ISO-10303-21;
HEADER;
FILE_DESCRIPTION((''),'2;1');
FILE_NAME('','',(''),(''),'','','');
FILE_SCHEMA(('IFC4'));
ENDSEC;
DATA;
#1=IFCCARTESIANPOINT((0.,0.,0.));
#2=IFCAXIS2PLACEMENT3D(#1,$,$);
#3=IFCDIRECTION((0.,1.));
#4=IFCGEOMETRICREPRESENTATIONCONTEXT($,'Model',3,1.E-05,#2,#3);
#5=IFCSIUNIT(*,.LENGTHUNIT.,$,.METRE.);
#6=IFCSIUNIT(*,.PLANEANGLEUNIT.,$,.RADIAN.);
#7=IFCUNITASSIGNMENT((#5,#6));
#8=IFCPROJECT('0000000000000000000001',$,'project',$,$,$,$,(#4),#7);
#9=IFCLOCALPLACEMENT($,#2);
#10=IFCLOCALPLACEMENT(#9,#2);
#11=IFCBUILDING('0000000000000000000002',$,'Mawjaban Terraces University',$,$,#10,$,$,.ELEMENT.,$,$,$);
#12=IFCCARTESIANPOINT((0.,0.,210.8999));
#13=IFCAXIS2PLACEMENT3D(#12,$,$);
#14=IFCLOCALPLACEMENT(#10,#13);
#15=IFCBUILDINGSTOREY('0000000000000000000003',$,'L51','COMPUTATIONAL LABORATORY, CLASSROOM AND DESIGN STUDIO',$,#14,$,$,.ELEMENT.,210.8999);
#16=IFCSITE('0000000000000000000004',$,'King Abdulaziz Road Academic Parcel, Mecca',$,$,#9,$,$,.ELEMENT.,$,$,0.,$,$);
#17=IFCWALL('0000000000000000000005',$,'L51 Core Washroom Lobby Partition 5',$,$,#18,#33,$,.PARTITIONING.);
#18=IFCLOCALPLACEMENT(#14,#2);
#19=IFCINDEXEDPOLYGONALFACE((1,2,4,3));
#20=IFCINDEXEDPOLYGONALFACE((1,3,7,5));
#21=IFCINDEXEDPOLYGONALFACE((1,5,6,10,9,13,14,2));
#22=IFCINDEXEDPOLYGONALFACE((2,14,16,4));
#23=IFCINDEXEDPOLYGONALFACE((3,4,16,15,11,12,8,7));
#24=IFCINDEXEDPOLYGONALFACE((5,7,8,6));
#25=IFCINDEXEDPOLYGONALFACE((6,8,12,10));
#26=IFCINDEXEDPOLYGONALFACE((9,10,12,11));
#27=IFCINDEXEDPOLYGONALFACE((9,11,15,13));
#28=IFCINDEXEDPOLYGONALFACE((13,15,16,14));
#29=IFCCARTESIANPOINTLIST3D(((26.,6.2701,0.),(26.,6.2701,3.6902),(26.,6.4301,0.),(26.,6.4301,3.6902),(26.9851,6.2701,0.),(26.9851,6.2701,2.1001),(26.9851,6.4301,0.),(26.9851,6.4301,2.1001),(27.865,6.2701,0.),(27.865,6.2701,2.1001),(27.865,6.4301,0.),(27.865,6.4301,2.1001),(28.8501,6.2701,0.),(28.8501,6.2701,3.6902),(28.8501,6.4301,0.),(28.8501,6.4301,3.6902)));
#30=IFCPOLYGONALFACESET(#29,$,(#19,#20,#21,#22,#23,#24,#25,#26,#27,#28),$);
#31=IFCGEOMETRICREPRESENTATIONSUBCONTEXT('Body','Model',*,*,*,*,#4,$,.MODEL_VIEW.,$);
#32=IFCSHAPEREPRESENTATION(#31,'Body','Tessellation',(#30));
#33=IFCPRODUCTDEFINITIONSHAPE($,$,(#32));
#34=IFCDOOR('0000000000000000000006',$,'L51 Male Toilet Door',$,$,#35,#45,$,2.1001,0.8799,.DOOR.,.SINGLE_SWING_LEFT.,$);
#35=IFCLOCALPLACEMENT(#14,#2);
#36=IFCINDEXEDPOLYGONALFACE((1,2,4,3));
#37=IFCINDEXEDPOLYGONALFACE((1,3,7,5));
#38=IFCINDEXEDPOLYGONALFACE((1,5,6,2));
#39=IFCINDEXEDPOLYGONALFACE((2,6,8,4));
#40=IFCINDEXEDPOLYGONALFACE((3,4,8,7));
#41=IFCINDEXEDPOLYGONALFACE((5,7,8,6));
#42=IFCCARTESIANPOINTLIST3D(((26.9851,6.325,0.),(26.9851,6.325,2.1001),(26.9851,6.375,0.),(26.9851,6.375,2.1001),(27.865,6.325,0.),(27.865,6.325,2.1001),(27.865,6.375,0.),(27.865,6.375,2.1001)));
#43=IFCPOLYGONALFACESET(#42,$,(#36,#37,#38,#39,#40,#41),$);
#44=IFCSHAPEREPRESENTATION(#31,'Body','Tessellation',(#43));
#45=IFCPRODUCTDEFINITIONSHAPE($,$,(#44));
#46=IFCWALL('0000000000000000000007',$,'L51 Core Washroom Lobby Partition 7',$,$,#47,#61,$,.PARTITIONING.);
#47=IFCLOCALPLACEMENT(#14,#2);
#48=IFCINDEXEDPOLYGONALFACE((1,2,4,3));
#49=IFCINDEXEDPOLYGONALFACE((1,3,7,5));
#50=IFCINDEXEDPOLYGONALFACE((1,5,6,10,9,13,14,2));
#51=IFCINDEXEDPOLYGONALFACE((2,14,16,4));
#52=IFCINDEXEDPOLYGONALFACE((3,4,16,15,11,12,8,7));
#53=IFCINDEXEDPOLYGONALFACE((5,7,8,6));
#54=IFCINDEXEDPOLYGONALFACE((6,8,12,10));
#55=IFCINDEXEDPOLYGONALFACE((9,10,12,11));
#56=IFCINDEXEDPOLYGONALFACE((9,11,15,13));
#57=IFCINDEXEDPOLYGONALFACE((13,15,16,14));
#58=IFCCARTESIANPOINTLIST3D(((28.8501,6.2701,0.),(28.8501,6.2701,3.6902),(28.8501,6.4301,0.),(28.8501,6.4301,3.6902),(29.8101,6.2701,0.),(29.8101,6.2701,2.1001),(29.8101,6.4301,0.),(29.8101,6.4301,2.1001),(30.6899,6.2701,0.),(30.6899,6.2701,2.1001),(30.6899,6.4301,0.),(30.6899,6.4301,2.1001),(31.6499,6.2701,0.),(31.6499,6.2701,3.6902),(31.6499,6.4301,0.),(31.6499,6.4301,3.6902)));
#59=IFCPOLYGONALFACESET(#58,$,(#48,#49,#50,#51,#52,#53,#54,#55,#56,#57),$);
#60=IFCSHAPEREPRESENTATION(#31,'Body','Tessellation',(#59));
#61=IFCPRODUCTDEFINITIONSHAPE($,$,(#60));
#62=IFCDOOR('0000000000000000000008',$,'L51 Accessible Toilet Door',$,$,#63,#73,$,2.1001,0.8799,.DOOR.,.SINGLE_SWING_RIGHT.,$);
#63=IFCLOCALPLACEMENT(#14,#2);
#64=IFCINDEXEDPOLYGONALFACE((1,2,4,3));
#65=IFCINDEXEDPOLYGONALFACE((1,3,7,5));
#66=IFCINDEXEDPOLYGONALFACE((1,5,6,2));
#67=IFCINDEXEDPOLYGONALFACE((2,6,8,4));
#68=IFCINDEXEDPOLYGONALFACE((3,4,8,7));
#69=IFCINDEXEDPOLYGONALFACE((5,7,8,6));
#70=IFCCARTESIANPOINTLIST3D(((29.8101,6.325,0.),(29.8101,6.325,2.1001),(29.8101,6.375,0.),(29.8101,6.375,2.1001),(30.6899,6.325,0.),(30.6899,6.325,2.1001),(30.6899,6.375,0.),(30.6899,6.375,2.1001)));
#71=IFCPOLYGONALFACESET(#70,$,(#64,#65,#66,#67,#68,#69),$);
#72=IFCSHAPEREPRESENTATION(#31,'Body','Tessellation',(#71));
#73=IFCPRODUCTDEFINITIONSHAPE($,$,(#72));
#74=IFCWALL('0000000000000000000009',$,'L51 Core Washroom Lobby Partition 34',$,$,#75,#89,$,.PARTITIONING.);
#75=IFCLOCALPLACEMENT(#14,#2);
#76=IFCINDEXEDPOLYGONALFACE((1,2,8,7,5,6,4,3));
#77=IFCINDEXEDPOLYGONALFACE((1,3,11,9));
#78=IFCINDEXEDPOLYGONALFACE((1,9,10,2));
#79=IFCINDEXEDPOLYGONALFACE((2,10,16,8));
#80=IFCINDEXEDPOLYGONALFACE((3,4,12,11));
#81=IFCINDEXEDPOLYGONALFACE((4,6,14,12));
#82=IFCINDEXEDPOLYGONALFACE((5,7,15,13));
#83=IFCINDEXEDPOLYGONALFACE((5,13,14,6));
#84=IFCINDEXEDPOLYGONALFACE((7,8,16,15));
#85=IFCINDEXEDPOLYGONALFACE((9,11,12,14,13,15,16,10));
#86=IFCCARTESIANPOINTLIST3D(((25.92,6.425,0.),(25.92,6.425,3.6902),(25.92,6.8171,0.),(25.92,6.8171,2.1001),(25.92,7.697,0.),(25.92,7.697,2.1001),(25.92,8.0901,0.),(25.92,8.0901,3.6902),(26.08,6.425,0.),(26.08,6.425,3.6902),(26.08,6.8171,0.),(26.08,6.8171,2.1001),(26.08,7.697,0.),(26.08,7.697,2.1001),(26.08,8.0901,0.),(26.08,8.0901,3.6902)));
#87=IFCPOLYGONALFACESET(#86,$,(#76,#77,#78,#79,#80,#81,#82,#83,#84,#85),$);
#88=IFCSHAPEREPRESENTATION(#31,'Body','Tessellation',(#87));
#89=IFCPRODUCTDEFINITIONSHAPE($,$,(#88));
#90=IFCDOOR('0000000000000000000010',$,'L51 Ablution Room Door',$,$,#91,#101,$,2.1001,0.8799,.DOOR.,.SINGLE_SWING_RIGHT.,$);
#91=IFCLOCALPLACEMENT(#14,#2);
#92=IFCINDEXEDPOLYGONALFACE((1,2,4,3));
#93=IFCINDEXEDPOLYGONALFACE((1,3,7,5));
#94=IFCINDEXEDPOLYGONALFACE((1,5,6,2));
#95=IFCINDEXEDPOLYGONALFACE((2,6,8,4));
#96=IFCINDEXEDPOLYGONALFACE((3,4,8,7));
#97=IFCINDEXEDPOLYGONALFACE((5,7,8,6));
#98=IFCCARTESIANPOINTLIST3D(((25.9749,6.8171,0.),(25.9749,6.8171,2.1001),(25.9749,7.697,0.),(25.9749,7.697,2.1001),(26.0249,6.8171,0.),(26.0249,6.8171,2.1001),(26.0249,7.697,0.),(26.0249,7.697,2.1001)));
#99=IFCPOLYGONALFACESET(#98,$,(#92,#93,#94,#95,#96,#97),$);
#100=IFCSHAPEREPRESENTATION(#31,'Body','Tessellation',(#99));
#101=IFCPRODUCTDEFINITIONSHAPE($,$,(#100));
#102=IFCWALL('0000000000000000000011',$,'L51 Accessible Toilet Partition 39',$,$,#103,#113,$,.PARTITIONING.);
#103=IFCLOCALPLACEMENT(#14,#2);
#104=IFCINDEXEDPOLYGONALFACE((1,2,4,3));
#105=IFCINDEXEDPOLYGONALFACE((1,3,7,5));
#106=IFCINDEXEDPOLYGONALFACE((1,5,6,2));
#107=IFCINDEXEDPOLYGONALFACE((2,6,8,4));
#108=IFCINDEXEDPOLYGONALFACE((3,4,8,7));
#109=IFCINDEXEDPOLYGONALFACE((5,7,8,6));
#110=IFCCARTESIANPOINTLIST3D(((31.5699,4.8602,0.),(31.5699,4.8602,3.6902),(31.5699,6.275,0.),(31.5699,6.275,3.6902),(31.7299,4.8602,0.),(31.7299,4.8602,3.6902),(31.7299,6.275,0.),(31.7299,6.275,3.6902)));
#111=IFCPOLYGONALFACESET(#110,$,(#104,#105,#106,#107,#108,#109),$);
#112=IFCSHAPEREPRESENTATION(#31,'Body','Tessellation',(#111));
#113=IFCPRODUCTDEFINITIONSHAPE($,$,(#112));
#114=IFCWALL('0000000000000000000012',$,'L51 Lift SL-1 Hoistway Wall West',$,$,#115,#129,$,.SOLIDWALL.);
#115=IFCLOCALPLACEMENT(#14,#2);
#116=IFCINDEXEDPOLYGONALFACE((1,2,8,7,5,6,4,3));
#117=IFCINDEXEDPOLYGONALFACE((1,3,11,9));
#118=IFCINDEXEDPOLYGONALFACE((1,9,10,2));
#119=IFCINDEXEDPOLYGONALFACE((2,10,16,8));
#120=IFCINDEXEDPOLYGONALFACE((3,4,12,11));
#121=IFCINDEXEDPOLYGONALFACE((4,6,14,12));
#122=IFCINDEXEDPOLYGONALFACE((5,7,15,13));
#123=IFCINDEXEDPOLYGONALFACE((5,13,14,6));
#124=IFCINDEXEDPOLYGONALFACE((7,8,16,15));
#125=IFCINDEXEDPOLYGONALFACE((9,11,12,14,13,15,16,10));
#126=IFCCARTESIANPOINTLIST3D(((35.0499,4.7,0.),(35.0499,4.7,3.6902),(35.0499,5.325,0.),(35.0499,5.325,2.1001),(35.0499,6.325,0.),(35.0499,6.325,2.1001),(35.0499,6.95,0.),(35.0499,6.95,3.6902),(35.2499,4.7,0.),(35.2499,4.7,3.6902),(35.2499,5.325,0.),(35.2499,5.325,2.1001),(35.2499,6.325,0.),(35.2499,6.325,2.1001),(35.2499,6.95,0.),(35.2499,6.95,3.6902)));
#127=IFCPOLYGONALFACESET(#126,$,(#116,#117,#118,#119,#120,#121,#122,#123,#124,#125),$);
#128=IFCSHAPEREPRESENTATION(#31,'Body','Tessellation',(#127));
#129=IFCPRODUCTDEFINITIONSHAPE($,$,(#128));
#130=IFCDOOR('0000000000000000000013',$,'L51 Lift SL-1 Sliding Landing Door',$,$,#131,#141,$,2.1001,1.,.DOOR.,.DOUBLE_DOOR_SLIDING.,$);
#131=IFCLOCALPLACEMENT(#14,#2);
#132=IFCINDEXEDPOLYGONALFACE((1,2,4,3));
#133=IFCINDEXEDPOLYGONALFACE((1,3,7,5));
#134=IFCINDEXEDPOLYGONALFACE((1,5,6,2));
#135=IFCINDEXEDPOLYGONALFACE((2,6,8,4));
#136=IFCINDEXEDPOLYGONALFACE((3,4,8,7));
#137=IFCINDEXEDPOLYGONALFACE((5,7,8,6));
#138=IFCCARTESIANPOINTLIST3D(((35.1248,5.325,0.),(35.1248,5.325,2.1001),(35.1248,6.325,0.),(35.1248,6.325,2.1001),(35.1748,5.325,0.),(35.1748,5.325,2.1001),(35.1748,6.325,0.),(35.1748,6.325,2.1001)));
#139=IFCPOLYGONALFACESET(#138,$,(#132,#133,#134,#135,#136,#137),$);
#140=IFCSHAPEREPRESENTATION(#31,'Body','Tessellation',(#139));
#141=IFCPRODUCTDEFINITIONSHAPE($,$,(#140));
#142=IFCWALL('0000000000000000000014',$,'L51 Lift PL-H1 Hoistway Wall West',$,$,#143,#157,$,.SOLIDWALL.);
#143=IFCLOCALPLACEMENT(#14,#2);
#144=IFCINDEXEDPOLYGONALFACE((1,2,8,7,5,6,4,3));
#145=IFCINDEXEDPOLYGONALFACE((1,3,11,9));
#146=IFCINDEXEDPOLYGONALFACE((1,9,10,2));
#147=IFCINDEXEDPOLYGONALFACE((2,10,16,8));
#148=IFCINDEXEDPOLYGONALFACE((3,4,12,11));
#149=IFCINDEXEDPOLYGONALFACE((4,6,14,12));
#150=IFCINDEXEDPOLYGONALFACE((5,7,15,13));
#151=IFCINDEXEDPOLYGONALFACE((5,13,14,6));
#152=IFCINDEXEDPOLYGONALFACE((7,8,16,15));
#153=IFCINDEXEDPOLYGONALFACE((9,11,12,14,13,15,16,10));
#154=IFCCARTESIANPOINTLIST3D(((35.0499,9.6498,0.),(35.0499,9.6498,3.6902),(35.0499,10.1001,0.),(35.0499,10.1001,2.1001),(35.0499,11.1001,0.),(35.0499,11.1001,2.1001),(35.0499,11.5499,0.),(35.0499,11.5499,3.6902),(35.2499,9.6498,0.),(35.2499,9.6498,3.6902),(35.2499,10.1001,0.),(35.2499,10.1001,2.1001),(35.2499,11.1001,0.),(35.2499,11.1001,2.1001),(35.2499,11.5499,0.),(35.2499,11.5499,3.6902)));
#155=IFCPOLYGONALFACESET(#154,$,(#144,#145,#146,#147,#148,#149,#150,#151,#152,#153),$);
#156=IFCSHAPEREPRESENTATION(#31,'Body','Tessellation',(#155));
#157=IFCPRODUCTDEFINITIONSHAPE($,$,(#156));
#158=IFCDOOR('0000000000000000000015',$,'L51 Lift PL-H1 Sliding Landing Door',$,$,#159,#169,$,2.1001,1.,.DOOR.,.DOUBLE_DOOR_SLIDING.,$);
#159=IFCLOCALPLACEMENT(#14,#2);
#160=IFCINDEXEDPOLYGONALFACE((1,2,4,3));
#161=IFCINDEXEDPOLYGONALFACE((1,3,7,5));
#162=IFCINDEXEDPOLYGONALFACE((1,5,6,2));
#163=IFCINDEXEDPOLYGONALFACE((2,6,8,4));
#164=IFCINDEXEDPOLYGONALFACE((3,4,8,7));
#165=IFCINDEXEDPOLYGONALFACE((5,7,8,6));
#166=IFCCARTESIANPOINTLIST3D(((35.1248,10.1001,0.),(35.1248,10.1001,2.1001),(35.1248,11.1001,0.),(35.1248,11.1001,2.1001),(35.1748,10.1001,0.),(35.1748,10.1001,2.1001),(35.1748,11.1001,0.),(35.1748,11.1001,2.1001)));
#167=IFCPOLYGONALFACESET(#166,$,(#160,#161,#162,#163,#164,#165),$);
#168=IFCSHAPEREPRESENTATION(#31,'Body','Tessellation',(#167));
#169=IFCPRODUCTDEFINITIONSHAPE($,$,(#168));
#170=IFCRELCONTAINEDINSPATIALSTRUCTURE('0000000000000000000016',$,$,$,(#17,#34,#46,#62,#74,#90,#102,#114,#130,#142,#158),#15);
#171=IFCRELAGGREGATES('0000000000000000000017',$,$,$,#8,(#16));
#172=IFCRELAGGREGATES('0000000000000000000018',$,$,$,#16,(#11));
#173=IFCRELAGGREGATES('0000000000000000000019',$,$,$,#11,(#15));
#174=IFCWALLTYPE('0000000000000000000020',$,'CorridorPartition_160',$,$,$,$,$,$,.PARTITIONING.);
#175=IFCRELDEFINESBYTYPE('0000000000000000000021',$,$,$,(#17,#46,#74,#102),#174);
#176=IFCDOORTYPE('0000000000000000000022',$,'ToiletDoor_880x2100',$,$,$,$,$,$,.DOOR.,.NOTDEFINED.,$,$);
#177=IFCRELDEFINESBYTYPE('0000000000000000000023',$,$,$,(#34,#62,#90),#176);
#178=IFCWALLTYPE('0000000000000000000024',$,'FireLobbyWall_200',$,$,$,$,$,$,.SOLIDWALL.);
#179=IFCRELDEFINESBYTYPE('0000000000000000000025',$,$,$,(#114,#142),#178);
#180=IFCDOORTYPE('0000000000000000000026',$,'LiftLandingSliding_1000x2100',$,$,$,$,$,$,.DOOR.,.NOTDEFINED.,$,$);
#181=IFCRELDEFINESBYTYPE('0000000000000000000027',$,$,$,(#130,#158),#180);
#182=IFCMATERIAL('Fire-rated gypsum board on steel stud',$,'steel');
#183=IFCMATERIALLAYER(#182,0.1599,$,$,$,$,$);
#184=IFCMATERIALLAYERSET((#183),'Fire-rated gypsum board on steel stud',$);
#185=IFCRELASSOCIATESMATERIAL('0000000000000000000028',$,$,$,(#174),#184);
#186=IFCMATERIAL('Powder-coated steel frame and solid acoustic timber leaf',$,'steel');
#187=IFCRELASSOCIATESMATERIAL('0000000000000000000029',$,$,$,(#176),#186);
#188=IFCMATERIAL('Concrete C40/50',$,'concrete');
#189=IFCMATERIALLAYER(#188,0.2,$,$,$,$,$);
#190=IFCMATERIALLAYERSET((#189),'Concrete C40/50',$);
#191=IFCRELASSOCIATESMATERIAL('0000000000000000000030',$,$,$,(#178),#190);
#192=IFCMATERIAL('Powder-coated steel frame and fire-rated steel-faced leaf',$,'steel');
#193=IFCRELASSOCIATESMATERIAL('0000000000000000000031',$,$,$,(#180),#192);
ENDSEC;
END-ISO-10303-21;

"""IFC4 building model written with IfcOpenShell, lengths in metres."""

from ifc_helpers import new_model, si_unit, direction, frame, frame_2d, origin, place, context, subcontext, project, spatial, rectangle, extrude, material, layer, layer_set, type_object, element, fill, save


model = new_model("IFC4")

# Units and contexts
model_context = context("Model", 3, precision=1e-05, world=origin(), true_north=direction((0.0, 1.0)))
body_context = subcontext(model_context, "Body", "Model", "MODEL_VIEW")
ifc_project = project(units=[si_unit("LENGTHUNIT", "METRE"), si_unit("PLANEANGLEUNIT", "RADIAN")], contexts=[model_context])

# Site, building, storey
site_placement = place(None, origin())
site = spatial("IfcSite", under=ifc_project, at=site_placement, Name="King Abdulaziz Road Academic Parcel, Mecca", CompositionType="ELEMENT", RefElevation=0.0)
building_placement = place(site_placement, origin())
building = spatial("IfcBuilding", under=site, at=building_placement, Name="Mawjaban Terraces University", CompositionType="ELEMENT")
storey_placement = place(building_placement, frame((0.0, 0.0, 210.8999)))
storey = spatial("IfcBuildingStorey", under=building, at=storey_placement, Name="L51", Description="COMPUTATIONAL LABORATORY, CLASSROOM AND DESIGN STUDIO", CompositionType="ELEMENT", Elevation=210.8999)

# Walls, openings, doors
ifc_material_1 = material(Name="Fire-rated gypsum board on steel stud", Category="steel")
ifc_layer_1 = layer(ifc_material_1, 0.1599)
ifc_layer_set_1 = layer_set([ifc_layer_1], Name="Fire-rated gypsum board on steel stud")
wall_type_1 = type_object("IfcWallType", Name="CorridorPartition_160", PredefinedType="PARTITIONING", material=ifc_layer_set_1)
wall_1_placement = place(storey_placement, frame((26.0, 6.3501, 0.0), z_axis=(0.0, 0.0, 1.0), x_axis=(1.0, 0.0, 0.0)))
wall_1 = element("IfcWall", 1, at=wall_1_placement, inside=storey, type_object=wall_type_1, Name="L51 Core Washroom Lobby Partition 5", PredefinedType="PARTITIONING", context=body_context, shape_type="SweptSolid", body=[
    extrude(rectangle(XDim=2.8501, YDim=0.1599, at=frame_2d((1.425, 0.0))), origin(), (0.0, 0.0, 1.0), 3.6902),
])
opening_1_placement = place(wall_1_placement, frame((0.9851, 0.0, 0.0)))
opening_1 = element("IfcOpeningElement", 2, at=opening_1_placement, cuts=wall_1, PredefinedType="OPENING", context=body_context, shape_type="SweptSolid", body=[
    extrude(rectangle(XDim=0.8799, YDim=2.1001, at=frame_2d((0.4399, 1.05))), frame((0.0, 0.0898, 0.0), z_axis=(0.0, -1.0, 0.0), x_axis=(1.0, 0.0, 0.0)), (0.0, 0.0, 1.0), 0.1799),
])
ifc_material_2 = material(Name="Powder-coated steel frame and solid acoustic timber leaf", Category="steel")
door_type_1 = type_object("IfcDoorType", Name="ToiletDoor_880x2100", OperationType="NOTDEFINED", PredefinedType="DOOR", material=ifc_material_2)
door_1_placement = place(opening_1_placement, origin())
door_1 = element("IfcDoor", 3, at=door_1_placement, inside=storey, type_object=door_type_1, Name="L51 Male Toilet Door", OperationType="SINGLE_SWING_LEFT", OverallHeight=2.1001, OverallWidth=0.8799, PredefinedType="DOOR", context=body_context, shape_type="SweptSolid", body=[
    extrude(rectangle(XDim=0.8799, YDim=2.1001, at=frame_2d((0.4399, 1.05))), frame((0.0, 0.0249, 0.0), z_axis=(0.0, -1.0, 0.0), x_axis=(1.0, 0.0, 0.0)), (0.0, 0.0, 1.0), 0.05),
])
fill(opening_1, door_1)
wall_2_placement = place(storey_placement, frame((28.8501, 6.3501, 0.0), z_axis=(0.0, 0.0, 1.0), x_axis=(1.0, 0.0, 0.0)))
wall_2 = element("IfcWall", 4, at=wall_2_placement, inside=storey, type_object=wall_type_1, Name="L51 Core Washroom Lobby Partition 7", PredefinedType="PARTITIONING", context=body_context, shape_type="SweptSolid", body=[
    extrude(rectangle(XDim=2.7998, YDim=0.1599, at=frame_2d((1.3999, 0.0))), origin(), (0.0, 0.0, 1.0), 3.6902),
])
opening_2_placement = place(wall_2_placement, frame((0.96, 0.0, 0.0)))
opening_2 = element("IfcOpeningElement", 5, at=opening_2_placement, cuts=wall_2, PredefinedType="OPENING", context=body_context, shape_type="SweptSolid", body=[
    extrude(rectangle(XDim=0.8799, YDim=2.1001, at=frame_2d((0.4399, 1.05))), frame((0.0, 0.0898, 0.0), z_axis=(0.0, -1.0, 0.0), x_axis=(1.0, 0.0, 0.0)), (0.0, 0.0, 1.0), 0.1799),
])
door_2_placement = place(opening_2_placement, origin())
door_2 = element("IfcDoor", 6, at=door_2_placement, inside=storey, type_object=door_type_1, Name="L51 Accessible Toilet Door", OperationType="SINGLE_SWING_RIGHT", OverallHeight=2.1001, OverallWidth=0.8799, PredefinedType="DOOR", context=body_context, shape_type="SweptSolid", body=[
    extrude(rectangle(XDim=0.8799, YDim=2.1001, at=frame_2d((0.4399, 1.05))), frame((0.0, 0.0249, 0.0), z_axis=(0.0, -1.0, 0.0), x_axis=(1.0, 0.0, 0.0)), (0.0, 0.0, 1.0), 0.05),
])
fill(opening_2, door_2)
wall_3_placement = place(storey_placement, frame((26.0, 8.0901, 0.0), z_axis=(0.0, 0.0, 1.0), x_axis=(0.0, -1.0, 0.0)))
wall_3 = element("IfcWall", 7, at=wall_3_placement, inside=storey, type_object=wall_type_1, Name="L51 Core Washroom Lobby Partition 34", PredefinedType="PARTITIONING", context=body_context, shape_type="SweptSolid", body=[
    extrude(rectangle(XDim=1.665, YDim=0.1599, at=frame_2d((0.8325, 0.0))), origin(), (0.0, 0.0, 1.0), 3.6902),
])
opening_3_placement = place(wall_3_placement, frame((0.3931, 0.0, 0.0)))
opening_3 = element("IfcOpeningElement", 8, at=opening_3_placement, cuts=wall_3, PredefinedType="OPENING", context=body_context, shape_type="SweptSolid", body=[
    extrude(rectangle(XDim=0.8799, YDim=2.1001, at=frame_2d((0.4399, 1.05))), frame((0.0, 0.0898, 0.0), z_axis=(0.0, -1.0, 0.0), x_axis=(1.0, 0.0, 0.0)), (0.0, 0.0, 1.0), 0.1799),
])
door_3_placement = place(opening_3_placement, origin())
door_3 = element("IfcDoor", 9, at=door_3_placement, inside=storey, type_object=door_type_1, Name="L51 Ablution Room Door", OperationType="SINGLE_SWING_RIGHT", OverallHeight=2.1001, OverallWidth=0.8799, PredefinedType="DOOR", context=body_context, shape_type="SweptSolid", body=[
    extrude(rectangle(XDim=0.8799, YDim=2.1001, at=frame_2d((0.4399, 1.05))), frame((0.0, 0.0249, 0.0), z_axis=(0.0, -1.0, 0.0), x_axis=(1.0, 0.0, 0.0)), (0.0, 0.0, 1.0), 0.05),
])
fill(opening_3, door_3)

# Wall
wall_4_placement = place(storey_placement, frame((31.6499, 4.8601, 0.0), z_axis=(0.0, 0.0, 1.0), x_axis=(0.0, 1.0, 0.0)))
element("IfcWall", 10, at=wall_4_placement, inside=storey, type_object=wall_type_1, Name="L51 Accessible Toilet Partition 39", PredefinedType="PARTITIONING", context=body_context, shape_type="SweptSolid", body=[
    extrude(rectangle(XDim=1.4148, YDim=0.1599, at=frame_2d((0.7075, 0.0))), origin(), (0.0, 0.0, 1.0), 3.6902),
])

# Walls, openings, doors
ifc_material_3 = material(Name="Concrete C40/50", Category="concrete")
ifc_layer_2 = layer(ifc_material_3, 0.2)
ifc_layer_set_2 = layer_set([ifc_layer_2], Name="Concrete C40/50")
wall_type_2 = type_object("IfcWallType", Name="FireLobbyWall_200", PredefinedType="SOLIDWALL", material=ifc_layer_set_2)
wall_5_placement = place(storey_placement, frame((35.1499, 6.95, 0.0), z_axis=(0.0, 0.0, 1.0), x_axis=(0.0, -1.0, 0.0)))
wall_5 = element("IfcWall", 11, at=wall_5_placement, inside=storey, type_object=wall_type_2, Name="L51 Lift SL-1 Hoistway Wall West", PredefinedType="SOLIDWALL", context=body_context, shape_type="SweptSolid", body=[
    extrude(rectangle(XDim=2.25, YDim=0.2, at=frame_2d((1.125, 0.0))), origin(), (0.0, 0.0, 1.0), 3.6902),
])
opening_4_placement = place(wall_5_placement, frame((0.625, 0.0, 0.0)))
opening_4 = element("IfcOpeningElement", 12, at=opening_4_placement, cuts=wall_5, PredefinedType="OPENING", context=body_context, shape_type="SweptSolid", body=[
    extrude(rectangle(XDim=1.0, YDim=2.1001, at=frame_2d((0.5, 1.05))), frame((0.0, 0.1099, 0.0), z_axis=(0.0, -1.0, 0.0), x_axis=(1.0, 0.0, 0.0)), (0.0, 0.0, 1.0), 0.22),
])
ifc_material_4 = material(Name="Powder-coated steel frame and fire-rated steel-faced leaf", Category="steel")
door_type_2 = type_object("IfcDoorType", Name="LiftLandingSliding_1000x2100", OperationType="NOTDEFINED", PredefinedType="DOOR", material=ifc_material_4)
door_4_placement = place(opening_4_placement, origin())
door_4 = element("IfcDoor", 13, at=door_4_placement, inside=storey, type_object=door_type_2, Name="L51 Lift SL-1 Sliding Landing Door", OperationType="DOUBLE_DOOR_SLIDING", OverallHeight=2.1001, OverallWidth=1.0, PredefinedType="DOOR", context=body_context, shape_type="SweptSolid", body=[
    extrude(rectangle(XDim=1.0, YDim=2.1001, at=frame_2d((0.5, 1.05))), frame((0.0, 0.0249, 0.0), z_axis=(0.0, -1.0, 0.0), x_axis=(1.0, 0.0, 0.0)), (0.0, 0.0, 1.0), 0.05),
])
fill(opening_4, door_4)
wall_6_placement = place(storey_placement, frame((35.1499, 11.55, 0.0), z_axis=(0.0, 0.0, 1.0), x_axis=(0.0, -1.0, 0.0)))
wall_6 = element("IfcWall", 14, at=wall_6_placement, inside=storey, type_object=wall_type_2, Name="L51 Lift PL-H1 Hoistway Wall West", PredefinedType="SOLIDWALL", context=body_context, shape_type="SweptSolid", body=[
    extrude(rectangle(XDim=1.9001, YDim=0.2, at=frame_2d((0.9502, 0.0))), origin(), (0.0, 0.0, 1.0), 3.6902),
])
opening_5_placement = place(wall_6_placement, frame((0.45, 0.0, 0.0)))
opening_5 = element("IfcOpeningElement", 15, at=opening_5_placement, cuts=wall_6, PredefinedType="OPENING", context=body_context, shape_type="SweptSolid", body=[
    extrude(rectangle(XDim=1.0, YDim=2.1001, at=frame_2d((0.5, 1.05))), frame((0.0, 0.1099, 0.0), z_axis=(0.0, -1.0, 0.0), x_axis=(1.0, 0.0, 0.0)), (0.0, 0.0, 1.0), 0.22),
])
door_5_placement = place(opening_5_placement, origin())
door_5 = element("IfcDoor", 16, at=door_5_placement, inside=storey, type_object=door_type_2, Name="L51 Lift PL-H1 Sliding Landing Door", OperationType="DOUBLE_DOOR_SLIDING", OverallHeight=2.1001, OverallWidth=1.0, PredefinedType="DOOR", context=body_context, shape_type="SweptSolid", body=[
    extrude(rectangle(XDim=1.0, YDim=2.1001, at=frame_2d((0.5, 1.05))), frame((0.0, 0.0249, 0.0), z_axis=(0.0, -1.0, 0.0), x_axis=(1.0, 0.0, 0.0)), (0.0, 0.0, 1.0), 0.05),
])
fill(opening_5, door_5)

save(model, "model.ifc")
